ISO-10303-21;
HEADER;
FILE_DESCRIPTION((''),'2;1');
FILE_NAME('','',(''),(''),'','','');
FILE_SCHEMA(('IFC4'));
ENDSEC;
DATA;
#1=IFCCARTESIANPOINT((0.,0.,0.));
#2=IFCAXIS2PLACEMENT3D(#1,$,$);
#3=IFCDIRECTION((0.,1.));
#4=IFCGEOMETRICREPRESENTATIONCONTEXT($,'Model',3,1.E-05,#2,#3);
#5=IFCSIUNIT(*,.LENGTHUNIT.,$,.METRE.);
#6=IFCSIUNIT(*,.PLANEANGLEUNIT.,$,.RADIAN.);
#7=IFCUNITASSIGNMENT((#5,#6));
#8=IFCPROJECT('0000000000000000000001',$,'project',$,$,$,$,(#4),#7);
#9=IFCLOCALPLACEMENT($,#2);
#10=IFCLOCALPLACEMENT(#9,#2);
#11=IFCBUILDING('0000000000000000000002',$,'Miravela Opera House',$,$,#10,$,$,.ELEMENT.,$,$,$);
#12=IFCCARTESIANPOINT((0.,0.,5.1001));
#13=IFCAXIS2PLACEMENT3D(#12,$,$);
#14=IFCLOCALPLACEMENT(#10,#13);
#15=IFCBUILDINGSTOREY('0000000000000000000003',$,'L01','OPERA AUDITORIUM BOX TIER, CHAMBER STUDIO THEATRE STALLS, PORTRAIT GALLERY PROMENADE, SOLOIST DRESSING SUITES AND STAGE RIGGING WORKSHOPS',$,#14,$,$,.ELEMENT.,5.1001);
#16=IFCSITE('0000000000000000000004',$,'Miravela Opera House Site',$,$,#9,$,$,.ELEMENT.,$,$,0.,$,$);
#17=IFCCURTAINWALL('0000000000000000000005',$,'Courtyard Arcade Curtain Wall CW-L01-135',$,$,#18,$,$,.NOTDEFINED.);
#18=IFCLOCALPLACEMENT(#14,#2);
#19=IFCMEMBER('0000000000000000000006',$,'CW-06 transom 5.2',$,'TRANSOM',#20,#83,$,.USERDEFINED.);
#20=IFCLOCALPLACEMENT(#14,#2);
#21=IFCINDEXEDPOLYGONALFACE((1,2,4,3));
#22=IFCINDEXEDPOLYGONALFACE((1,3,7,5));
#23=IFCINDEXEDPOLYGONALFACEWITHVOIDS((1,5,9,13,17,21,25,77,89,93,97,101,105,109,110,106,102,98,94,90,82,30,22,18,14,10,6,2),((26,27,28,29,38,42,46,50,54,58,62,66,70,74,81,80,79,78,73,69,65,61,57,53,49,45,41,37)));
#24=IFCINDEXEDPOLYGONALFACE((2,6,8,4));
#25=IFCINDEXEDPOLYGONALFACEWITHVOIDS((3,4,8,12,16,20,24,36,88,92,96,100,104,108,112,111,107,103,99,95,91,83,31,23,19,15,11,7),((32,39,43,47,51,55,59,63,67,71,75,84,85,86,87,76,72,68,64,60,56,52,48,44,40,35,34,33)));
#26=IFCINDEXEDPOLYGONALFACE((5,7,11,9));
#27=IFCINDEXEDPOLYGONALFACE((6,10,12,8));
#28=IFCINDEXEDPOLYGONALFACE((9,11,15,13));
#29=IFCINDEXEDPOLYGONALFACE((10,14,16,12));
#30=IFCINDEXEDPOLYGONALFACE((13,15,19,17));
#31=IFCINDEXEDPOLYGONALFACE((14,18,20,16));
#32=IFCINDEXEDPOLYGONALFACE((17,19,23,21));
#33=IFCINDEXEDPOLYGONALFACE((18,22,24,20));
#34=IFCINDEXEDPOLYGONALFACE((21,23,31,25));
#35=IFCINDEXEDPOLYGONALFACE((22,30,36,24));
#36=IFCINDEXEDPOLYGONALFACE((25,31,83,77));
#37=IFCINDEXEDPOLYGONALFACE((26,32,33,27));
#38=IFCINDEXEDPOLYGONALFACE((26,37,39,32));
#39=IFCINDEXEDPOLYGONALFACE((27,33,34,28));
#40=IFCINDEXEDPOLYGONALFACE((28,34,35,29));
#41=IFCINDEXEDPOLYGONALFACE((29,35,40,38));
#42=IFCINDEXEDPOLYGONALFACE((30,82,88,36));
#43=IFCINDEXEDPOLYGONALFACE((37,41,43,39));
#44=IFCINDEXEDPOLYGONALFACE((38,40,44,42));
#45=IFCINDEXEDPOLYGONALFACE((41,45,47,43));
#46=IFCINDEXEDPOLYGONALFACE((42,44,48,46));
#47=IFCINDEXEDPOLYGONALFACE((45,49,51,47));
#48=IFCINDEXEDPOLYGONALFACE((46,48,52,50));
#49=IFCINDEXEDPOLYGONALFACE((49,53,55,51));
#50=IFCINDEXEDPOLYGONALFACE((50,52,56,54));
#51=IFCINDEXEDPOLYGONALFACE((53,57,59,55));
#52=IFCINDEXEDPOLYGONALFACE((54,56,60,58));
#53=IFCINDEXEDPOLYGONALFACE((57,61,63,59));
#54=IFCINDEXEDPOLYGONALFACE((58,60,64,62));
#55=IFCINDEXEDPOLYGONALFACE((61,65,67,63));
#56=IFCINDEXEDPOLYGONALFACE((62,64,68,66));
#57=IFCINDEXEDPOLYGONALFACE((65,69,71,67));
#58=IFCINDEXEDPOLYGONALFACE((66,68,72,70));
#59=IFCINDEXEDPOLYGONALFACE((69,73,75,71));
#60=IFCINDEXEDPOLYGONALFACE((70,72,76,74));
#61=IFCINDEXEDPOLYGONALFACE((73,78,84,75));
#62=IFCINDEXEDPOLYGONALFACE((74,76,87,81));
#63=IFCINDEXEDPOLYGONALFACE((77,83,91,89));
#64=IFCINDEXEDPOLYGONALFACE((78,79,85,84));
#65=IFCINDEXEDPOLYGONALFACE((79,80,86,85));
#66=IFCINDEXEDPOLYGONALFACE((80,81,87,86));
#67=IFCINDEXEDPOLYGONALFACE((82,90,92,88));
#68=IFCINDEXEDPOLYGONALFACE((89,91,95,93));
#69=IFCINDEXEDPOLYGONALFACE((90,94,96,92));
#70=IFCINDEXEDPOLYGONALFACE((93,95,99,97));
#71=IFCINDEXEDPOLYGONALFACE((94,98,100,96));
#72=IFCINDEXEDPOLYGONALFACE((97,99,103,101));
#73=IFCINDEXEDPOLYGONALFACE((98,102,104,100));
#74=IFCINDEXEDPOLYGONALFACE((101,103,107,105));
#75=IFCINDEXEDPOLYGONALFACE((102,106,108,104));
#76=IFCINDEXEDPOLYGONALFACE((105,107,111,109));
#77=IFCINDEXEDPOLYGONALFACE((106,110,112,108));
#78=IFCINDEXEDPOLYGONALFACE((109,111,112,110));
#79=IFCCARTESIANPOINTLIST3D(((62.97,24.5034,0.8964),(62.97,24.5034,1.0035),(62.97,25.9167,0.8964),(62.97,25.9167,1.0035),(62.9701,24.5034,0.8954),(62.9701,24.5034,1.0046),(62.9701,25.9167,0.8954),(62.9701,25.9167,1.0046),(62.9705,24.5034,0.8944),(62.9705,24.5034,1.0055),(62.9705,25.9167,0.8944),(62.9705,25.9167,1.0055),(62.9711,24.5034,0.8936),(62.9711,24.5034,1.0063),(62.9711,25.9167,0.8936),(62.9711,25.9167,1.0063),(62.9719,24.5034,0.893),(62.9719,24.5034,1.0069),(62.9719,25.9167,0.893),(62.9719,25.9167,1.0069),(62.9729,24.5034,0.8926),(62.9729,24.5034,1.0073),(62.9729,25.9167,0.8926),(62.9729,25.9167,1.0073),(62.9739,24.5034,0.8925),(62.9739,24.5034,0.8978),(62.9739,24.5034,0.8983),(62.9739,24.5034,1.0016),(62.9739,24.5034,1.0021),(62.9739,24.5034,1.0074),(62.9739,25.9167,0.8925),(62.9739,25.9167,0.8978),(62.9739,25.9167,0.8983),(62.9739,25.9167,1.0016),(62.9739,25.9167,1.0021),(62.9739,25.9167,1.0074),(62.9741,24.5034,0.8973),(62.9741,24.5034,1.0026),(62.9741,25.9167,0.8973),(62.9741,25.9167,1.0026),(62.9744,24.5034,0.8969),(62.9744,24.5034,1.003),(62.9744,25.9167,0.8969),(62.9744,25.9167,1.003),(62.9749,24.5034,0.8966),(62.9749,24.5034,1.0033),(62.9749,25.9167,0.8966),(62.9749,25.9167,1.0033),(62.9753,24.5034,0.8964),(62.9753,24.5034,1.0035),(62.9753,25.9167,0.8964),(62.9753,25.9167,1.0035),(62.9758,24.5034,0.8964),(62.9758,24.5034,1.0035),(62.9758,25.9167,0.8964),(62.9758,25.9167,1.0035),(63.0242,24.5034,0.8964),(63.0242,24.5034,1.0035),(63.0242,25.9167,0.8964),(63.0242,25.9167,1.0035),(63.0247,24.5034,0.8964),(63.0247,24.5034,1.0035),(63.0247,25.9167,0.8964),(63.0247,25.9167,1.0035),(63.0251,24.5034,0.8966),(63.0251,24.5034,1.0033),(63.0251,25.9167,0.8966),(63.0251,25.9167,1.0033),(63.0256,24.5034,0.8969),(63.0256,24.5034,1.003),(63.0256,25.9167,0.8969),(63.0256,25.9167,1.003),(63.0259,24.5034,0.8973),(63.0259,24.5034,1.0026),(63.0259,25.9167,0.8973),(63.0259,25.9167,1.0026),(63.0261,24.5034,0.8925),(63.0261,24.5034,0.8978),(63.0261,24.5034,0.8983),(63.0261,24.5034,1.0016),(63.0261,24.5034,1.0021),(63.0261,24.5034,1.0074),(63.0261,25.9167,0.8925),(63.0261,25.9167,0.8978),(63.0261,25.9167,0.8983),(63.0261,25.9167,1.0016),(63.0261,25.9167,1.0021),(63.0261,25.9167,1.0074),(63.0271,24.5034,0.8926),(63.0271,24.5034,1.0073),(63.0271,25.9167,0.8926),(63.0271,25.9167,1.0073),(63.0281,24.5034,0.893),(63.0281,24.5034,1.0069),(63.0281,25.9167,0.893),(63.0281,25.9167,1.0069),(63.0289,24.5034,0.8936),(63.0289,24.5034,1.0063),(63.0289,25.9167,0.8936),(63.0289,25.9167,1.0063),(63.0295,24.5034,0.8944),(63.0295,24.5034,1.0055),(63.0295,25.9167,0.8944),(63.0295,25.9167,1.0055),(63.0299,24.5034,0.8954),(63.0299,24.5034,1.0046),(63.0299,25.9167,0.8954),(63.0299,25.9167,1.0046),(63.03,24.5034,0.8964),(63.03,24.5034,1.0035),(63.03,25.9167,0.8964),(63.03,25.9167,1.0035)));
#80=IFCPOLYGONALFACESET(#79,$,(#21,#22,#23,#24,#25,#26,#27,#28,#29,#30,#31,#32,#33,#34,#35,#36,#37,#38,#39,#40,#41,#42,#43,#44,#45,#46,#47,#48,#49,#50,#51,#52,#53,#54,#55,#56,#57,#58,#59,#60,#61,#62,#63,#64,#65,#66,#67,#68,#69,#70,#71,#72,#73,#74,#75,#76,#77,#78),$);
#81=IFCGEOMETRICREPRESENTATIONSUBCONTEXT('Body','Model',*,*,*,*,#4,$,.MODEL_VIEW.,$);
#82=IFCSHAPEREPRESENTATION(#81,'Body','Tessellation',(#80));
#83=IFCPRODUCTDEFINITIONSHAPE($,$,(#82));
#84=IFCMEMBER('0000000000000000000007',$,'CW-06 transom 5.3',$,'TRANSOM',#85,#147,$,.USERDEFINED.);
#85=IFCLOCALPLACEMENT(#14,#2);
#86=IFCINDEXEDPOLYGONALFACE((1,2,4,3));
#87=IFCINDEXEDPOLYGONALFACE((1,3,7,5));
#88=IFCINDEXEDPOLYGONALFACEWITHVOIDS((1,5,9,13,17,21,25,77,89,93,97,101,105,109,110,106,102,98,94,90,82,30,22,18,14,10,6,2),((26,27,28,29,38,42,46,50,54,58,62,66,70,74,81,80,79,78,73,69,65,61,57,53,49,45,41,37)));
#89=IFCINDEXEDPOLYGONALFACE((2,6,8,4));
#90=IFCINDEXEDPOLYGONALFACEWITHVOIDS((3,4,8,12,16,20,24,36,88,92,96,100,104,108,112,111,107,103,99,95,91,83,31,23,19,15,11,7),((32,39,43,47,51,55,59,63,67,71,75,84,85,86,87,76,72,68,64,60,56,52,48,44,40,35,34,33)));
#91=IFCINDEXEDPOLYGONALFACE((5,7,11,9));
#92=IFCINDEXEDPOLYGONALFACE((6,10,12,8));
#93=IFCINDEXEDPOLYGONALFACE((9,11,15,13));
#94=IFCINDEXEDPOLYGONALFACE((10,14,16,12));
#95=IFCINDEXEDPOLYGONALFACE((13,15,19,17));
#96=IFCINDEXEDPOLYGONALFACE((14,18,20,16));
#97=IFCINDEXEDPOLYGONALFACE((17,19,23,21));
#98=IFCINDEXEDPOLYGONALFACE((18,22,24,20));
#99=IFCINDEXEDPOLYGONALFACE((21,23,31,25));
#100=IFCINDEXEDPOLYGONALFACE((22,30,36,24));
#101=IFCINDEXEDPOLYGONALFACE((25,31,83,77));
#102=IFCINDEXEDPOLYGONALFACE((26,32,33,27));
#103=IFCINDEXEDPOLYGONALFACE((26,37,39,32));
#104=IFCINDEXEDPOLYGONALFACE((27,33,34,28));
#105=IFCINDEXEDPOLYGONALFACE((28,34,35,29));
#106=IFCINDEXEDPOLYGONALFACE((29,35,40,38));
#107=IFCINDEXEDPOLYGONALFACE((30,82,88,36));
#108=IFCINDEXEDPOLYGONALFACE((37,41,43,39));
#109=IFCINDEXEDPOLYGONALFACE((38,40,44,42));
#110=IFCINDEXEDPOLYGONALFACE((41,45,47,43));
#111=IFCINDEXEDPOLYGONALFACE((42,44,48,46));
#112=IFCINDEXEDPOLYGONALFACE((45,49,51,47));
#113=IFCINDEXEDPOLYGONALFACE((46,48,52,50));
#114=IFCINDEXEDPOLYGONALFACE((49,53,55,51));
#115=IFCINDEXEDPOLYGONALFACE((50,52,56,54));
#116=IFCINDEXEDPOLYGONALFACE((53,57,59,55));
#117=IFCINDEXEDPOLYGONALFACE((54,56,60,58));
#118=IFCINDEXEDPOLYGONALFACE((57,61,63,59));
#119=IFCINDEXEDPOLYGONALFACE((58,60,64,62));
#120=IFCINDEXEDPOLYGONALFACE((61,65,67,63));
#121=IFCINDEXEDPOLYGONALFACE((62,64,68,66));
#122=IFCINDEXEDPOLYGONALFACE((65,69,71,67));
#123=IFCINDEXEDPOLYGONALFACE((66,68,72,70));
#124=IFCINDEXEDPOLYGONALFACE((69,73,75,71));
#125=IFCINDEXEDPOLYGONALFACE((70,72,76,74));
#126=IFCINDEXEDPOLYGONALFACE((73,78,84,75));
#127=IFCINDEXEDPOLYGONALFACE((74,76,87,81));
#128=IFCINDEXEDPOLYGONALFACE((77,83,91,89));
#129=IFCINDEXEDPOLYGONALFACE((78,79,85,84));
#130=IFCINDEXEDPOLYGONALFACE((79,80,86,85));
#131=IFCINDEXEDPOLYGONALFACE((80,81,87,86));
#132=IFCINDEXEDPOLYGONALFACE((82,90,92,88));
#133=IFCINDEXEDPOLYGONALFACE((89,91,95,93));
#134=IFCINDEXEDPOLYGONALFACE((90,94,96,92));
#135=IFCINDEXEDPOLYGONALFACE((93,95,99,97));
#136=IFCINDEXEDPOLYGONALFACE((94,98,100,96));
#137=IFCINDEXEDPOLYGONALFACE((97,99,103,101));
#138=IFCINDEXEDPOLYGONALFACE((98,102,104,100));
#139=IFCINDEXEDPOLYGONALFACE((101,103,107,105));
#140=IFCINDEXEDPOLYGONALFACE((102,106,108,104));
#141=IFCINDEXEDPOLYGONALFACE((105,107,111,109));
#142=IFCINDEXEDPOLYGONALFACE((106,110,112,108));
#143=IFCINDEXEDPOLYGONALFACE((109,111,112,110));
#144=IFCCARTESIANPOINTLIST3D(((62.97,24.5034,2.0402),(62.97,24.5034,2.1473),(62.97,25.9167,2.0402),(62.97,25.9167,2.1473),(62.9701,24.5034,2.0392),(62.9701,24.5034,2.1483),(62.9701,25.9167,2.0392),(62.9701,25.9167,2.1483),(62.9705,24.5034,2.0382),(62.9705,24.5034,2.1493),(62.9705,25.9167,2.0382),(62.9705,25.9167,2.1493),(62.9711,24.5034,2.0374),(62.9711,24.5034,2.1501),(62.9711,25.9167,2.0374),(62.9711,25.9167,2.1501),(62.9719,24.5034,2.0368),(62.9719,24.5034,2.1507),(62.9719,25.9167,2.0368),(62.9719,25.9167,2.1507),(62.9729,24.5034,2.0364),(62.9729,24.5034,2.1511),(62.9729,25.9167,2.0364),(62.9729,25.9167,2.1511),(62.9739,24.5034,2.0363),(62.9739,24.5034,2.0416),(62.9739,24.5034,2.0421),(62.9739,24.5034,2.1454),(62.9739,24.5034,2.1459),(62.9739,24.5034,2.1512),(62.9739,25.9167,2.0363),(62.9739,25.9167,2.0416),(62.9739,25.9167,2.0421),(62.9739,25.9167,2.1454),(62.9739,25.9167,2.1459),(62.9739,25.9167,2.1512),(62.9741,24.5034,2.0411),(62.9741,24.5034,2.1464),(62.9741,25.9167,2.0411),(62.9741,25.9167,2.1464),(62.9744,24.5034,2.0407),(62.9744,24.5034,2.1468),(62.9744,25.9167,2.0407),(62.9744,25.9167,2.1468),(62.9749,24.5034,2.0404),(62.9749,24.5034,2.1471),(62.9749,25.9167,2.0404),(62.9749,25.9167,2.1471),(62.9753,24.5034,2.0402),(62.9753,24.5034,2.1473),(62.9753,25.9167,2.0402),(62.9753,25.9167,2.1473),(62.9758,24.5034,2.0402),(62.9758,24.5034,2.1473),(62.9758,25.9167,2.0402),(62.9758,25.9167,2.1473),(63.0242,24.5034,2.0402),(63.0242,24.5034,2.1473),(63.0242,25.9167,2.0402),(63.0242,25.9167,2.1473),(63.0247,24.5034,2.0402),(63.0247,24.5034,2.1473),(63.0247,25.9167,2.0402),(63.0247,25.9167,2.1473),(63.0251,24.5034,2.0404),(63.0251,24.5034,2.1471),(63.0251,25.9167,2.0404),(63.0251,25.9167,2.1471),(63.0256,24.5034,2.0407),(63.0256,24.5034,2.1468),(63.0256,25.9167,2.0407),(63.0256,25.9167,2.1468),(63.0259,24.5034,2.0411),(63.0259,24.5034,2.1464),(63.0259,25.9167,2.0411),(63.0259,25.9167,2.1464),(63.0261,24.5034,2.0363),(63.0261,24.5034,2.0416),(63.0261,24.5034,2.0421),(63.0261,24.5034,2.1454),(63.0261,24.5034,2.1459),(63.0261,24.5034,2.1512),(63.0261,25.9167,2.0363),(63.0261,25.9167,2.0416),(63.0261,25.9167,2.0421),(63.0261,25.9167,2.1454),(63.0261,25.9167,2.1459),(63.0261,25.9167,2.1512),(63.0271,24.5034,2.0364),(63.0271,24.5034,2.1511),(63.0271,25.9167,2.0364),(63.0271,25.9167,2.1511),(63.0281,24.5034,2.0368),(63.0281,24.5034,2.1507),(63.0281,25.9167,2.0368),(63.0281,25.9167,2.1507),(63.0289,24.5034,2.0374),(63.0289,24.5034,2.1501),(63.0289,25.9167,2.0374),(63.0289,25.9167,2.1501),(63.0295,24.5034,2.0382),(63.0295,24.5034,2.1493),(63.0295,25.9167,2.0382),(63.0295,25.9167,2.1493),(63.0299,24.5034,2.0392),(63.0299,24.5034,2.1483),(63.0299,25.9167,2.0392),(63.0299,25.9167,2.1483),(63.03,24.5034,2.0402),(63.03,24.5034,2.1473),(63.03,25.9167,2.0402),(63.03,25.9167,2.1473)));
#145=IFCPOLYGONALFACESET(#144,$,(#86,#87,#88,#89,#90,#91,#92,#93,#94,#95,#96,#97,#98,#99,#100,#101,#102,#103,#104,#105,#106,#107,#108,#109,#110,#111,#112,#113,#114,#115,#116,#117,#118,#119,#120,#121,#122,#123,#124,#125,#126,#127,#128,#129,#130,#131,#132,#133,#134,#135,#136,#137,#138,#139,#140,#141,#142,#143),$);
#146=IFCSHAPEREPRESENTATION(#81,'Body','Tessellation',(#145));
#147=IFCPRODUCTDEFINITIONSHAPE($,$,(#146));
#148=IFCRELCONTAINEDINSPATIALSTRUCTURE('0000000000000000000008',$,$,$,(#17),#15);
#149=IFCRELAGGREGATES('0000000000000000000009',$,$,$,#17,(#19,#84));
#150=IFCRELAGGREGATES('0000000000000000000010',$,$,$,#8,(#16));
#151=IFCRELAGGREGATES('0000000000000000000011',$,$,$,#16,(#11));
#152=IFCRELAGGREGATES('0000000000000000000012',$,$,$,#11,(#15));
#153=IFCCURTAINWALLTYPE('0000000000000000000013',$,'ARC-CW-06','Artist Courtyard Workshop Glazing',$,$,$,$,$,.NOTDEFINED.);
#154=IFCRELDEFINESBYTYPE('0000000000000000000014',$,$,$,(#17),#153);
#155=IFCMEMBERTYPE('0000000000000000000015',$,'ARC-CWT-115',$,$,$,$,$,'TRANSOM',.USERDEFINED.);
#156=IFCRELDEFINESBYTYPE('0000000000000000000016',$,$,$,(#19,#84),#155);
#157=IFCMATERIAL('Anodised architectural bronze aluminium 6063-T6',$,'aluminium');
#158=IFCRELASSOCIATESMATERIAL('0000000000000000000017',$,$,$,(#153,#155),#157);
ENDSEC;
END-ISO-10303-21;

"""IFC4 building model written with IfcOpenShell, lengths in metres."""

from ifc_helpers import new_model, si_unit, direction, frame, origin, origin_2d, place, context, subcontext, project, spatial, hollow_rectangle, extrude, material, material_profile, profile_set, type_object, element, aggregate, save


model = new_model("IFC4")

# Units and contexts
model_context = context("Model", 3, precision=1e-05, world=origin(), true_north=direction((0.0, 1.0)))
body_context = subcontext(model_context, "Body", "Model", "MODEL_VIEW")
ifc_project = project(units=[si_unit("LENGTHUNIT", "METRE"), si_unit("PLANEANGLEUNIT", "RADIAN")], contexts=[model_context])

# Site, building, storey
site_placement = place(None, origin())
site = spatial("IfcSite", under=ifc_project, at=site_placement, Name="Miravela Opera House Site", CompositionType="ELEMENT", RefElevation=0.0)
building_placement = place(site_placement, origin())
building = spatial("IfcBuilding", under=site, at=building_placement, Name="Miravela Opera House", CompositionType="ELEMENT")
storey_placement = place(building_placement, frame((0.0, 0.0, 5.1001)))
storey = spatial("IfcBuildingStorey", under=building, at=storey_placement, Name="L01", Description="OPERA AUDITORIUM BOX TIER, CHAMBER STUDIO THEATRE STALLS, PORTRAIT GALLERY PROMENADE, SOLOIST DRESSING SUITES AND STAGE RIGGING WORKSHOPS", CompositionType="ELEMENT", Elevation=5.1001)

# Curtain wall, members
ifc_material_1 = material(Name="Anodised architectural bronze aluminium 6063-T6", Category="aluminium")
curtain_wall_type = type_object("IfcCurtainWallType", Name="ARC-CW-06", Description="Artist Courtyard Workshop Glazing", PredefinedType="NOTDEFINED", material=ifc_material_1)
curtain_wall_placement = place(storey_placement, origin())
curtain_wall = element("IfcCurtainWall", 1, at=curtain_wall_placement, inside=storey, type_object=curtain_wall_type, Name="Courtyard Arcade Curtain Wall CW-L01-135", PredefinedType="NOTDEFINED")
ifc_material_profile_1 = material_profile(ifc_material_1, hollow_rectangle(XDim=0.0601, YDim=0.115, WallThickness=0.0039, InnerFilletRadius=0.002, OuterFilletRadius=0.0039, at=origin_2d()), Name="CWT-60X115")
ifc_profile_set_1 = profile_set([ifc_material_profile_1])
member_type_1 = type_object("IfcMemberType", Name="ARC-CWT-115", ElementType="TRANSOM", PredefinedType="USERDEFINED", material=ifc_profile_set_1)
member_1_placement = place(storey_placement, frame((63.0, 24.5034, 0.95), z_axis=(0.0, 1.0, 0.0), x_axis=(-1.0, 0.0, 0.0)))
member_1 = element("IfcMember", 2, at=member_1_placement, type_object=member_type_1, Name="CW-06 transom 5.2", ObjectType="TRANSOM", PredefinedType="USERDEFINED", context=body_context, shape_type="SweptSolid", body=[
    extrude(hollow_rectangle(XDim=0.0601, YDim=0.115, WallThickness=0.0039, InnerFilletRadius=0.002, OuterFilletRadius=0.0039, at=origin_2d()), origin(), (0.0, 0.0, 1.0), 1.4133),
])
member_2_placement = place(storey_placement, frame((63.0, 24.5034, 2.0938), z_axis=(0.0, 1.0, 0.0), x_axis=(-1.0, 0.0, 0.0)))
member_2 = element("IfcMember", 3, at=member_2_placement, type_object=member_type_1, Name="CW-06 transom 5.3", ObjectType="TRANSOM", PredefinedType="USERDEFINED", context=body_context, shape_type="SweptSolid", body=[
    extrude(hollow_rectangle(XDim=0.0601, YDim=0.115, WallThickness=0.0039, InnerFilletRadius=0.002, OuterFilletRadius=0.0039, at=origin_2d()), origin(), (0.0, 0.0, 1.0), 1.4133),
])

aggregate(curtain_wall, [member_1, member_2])

save(model, "model.ifc")
